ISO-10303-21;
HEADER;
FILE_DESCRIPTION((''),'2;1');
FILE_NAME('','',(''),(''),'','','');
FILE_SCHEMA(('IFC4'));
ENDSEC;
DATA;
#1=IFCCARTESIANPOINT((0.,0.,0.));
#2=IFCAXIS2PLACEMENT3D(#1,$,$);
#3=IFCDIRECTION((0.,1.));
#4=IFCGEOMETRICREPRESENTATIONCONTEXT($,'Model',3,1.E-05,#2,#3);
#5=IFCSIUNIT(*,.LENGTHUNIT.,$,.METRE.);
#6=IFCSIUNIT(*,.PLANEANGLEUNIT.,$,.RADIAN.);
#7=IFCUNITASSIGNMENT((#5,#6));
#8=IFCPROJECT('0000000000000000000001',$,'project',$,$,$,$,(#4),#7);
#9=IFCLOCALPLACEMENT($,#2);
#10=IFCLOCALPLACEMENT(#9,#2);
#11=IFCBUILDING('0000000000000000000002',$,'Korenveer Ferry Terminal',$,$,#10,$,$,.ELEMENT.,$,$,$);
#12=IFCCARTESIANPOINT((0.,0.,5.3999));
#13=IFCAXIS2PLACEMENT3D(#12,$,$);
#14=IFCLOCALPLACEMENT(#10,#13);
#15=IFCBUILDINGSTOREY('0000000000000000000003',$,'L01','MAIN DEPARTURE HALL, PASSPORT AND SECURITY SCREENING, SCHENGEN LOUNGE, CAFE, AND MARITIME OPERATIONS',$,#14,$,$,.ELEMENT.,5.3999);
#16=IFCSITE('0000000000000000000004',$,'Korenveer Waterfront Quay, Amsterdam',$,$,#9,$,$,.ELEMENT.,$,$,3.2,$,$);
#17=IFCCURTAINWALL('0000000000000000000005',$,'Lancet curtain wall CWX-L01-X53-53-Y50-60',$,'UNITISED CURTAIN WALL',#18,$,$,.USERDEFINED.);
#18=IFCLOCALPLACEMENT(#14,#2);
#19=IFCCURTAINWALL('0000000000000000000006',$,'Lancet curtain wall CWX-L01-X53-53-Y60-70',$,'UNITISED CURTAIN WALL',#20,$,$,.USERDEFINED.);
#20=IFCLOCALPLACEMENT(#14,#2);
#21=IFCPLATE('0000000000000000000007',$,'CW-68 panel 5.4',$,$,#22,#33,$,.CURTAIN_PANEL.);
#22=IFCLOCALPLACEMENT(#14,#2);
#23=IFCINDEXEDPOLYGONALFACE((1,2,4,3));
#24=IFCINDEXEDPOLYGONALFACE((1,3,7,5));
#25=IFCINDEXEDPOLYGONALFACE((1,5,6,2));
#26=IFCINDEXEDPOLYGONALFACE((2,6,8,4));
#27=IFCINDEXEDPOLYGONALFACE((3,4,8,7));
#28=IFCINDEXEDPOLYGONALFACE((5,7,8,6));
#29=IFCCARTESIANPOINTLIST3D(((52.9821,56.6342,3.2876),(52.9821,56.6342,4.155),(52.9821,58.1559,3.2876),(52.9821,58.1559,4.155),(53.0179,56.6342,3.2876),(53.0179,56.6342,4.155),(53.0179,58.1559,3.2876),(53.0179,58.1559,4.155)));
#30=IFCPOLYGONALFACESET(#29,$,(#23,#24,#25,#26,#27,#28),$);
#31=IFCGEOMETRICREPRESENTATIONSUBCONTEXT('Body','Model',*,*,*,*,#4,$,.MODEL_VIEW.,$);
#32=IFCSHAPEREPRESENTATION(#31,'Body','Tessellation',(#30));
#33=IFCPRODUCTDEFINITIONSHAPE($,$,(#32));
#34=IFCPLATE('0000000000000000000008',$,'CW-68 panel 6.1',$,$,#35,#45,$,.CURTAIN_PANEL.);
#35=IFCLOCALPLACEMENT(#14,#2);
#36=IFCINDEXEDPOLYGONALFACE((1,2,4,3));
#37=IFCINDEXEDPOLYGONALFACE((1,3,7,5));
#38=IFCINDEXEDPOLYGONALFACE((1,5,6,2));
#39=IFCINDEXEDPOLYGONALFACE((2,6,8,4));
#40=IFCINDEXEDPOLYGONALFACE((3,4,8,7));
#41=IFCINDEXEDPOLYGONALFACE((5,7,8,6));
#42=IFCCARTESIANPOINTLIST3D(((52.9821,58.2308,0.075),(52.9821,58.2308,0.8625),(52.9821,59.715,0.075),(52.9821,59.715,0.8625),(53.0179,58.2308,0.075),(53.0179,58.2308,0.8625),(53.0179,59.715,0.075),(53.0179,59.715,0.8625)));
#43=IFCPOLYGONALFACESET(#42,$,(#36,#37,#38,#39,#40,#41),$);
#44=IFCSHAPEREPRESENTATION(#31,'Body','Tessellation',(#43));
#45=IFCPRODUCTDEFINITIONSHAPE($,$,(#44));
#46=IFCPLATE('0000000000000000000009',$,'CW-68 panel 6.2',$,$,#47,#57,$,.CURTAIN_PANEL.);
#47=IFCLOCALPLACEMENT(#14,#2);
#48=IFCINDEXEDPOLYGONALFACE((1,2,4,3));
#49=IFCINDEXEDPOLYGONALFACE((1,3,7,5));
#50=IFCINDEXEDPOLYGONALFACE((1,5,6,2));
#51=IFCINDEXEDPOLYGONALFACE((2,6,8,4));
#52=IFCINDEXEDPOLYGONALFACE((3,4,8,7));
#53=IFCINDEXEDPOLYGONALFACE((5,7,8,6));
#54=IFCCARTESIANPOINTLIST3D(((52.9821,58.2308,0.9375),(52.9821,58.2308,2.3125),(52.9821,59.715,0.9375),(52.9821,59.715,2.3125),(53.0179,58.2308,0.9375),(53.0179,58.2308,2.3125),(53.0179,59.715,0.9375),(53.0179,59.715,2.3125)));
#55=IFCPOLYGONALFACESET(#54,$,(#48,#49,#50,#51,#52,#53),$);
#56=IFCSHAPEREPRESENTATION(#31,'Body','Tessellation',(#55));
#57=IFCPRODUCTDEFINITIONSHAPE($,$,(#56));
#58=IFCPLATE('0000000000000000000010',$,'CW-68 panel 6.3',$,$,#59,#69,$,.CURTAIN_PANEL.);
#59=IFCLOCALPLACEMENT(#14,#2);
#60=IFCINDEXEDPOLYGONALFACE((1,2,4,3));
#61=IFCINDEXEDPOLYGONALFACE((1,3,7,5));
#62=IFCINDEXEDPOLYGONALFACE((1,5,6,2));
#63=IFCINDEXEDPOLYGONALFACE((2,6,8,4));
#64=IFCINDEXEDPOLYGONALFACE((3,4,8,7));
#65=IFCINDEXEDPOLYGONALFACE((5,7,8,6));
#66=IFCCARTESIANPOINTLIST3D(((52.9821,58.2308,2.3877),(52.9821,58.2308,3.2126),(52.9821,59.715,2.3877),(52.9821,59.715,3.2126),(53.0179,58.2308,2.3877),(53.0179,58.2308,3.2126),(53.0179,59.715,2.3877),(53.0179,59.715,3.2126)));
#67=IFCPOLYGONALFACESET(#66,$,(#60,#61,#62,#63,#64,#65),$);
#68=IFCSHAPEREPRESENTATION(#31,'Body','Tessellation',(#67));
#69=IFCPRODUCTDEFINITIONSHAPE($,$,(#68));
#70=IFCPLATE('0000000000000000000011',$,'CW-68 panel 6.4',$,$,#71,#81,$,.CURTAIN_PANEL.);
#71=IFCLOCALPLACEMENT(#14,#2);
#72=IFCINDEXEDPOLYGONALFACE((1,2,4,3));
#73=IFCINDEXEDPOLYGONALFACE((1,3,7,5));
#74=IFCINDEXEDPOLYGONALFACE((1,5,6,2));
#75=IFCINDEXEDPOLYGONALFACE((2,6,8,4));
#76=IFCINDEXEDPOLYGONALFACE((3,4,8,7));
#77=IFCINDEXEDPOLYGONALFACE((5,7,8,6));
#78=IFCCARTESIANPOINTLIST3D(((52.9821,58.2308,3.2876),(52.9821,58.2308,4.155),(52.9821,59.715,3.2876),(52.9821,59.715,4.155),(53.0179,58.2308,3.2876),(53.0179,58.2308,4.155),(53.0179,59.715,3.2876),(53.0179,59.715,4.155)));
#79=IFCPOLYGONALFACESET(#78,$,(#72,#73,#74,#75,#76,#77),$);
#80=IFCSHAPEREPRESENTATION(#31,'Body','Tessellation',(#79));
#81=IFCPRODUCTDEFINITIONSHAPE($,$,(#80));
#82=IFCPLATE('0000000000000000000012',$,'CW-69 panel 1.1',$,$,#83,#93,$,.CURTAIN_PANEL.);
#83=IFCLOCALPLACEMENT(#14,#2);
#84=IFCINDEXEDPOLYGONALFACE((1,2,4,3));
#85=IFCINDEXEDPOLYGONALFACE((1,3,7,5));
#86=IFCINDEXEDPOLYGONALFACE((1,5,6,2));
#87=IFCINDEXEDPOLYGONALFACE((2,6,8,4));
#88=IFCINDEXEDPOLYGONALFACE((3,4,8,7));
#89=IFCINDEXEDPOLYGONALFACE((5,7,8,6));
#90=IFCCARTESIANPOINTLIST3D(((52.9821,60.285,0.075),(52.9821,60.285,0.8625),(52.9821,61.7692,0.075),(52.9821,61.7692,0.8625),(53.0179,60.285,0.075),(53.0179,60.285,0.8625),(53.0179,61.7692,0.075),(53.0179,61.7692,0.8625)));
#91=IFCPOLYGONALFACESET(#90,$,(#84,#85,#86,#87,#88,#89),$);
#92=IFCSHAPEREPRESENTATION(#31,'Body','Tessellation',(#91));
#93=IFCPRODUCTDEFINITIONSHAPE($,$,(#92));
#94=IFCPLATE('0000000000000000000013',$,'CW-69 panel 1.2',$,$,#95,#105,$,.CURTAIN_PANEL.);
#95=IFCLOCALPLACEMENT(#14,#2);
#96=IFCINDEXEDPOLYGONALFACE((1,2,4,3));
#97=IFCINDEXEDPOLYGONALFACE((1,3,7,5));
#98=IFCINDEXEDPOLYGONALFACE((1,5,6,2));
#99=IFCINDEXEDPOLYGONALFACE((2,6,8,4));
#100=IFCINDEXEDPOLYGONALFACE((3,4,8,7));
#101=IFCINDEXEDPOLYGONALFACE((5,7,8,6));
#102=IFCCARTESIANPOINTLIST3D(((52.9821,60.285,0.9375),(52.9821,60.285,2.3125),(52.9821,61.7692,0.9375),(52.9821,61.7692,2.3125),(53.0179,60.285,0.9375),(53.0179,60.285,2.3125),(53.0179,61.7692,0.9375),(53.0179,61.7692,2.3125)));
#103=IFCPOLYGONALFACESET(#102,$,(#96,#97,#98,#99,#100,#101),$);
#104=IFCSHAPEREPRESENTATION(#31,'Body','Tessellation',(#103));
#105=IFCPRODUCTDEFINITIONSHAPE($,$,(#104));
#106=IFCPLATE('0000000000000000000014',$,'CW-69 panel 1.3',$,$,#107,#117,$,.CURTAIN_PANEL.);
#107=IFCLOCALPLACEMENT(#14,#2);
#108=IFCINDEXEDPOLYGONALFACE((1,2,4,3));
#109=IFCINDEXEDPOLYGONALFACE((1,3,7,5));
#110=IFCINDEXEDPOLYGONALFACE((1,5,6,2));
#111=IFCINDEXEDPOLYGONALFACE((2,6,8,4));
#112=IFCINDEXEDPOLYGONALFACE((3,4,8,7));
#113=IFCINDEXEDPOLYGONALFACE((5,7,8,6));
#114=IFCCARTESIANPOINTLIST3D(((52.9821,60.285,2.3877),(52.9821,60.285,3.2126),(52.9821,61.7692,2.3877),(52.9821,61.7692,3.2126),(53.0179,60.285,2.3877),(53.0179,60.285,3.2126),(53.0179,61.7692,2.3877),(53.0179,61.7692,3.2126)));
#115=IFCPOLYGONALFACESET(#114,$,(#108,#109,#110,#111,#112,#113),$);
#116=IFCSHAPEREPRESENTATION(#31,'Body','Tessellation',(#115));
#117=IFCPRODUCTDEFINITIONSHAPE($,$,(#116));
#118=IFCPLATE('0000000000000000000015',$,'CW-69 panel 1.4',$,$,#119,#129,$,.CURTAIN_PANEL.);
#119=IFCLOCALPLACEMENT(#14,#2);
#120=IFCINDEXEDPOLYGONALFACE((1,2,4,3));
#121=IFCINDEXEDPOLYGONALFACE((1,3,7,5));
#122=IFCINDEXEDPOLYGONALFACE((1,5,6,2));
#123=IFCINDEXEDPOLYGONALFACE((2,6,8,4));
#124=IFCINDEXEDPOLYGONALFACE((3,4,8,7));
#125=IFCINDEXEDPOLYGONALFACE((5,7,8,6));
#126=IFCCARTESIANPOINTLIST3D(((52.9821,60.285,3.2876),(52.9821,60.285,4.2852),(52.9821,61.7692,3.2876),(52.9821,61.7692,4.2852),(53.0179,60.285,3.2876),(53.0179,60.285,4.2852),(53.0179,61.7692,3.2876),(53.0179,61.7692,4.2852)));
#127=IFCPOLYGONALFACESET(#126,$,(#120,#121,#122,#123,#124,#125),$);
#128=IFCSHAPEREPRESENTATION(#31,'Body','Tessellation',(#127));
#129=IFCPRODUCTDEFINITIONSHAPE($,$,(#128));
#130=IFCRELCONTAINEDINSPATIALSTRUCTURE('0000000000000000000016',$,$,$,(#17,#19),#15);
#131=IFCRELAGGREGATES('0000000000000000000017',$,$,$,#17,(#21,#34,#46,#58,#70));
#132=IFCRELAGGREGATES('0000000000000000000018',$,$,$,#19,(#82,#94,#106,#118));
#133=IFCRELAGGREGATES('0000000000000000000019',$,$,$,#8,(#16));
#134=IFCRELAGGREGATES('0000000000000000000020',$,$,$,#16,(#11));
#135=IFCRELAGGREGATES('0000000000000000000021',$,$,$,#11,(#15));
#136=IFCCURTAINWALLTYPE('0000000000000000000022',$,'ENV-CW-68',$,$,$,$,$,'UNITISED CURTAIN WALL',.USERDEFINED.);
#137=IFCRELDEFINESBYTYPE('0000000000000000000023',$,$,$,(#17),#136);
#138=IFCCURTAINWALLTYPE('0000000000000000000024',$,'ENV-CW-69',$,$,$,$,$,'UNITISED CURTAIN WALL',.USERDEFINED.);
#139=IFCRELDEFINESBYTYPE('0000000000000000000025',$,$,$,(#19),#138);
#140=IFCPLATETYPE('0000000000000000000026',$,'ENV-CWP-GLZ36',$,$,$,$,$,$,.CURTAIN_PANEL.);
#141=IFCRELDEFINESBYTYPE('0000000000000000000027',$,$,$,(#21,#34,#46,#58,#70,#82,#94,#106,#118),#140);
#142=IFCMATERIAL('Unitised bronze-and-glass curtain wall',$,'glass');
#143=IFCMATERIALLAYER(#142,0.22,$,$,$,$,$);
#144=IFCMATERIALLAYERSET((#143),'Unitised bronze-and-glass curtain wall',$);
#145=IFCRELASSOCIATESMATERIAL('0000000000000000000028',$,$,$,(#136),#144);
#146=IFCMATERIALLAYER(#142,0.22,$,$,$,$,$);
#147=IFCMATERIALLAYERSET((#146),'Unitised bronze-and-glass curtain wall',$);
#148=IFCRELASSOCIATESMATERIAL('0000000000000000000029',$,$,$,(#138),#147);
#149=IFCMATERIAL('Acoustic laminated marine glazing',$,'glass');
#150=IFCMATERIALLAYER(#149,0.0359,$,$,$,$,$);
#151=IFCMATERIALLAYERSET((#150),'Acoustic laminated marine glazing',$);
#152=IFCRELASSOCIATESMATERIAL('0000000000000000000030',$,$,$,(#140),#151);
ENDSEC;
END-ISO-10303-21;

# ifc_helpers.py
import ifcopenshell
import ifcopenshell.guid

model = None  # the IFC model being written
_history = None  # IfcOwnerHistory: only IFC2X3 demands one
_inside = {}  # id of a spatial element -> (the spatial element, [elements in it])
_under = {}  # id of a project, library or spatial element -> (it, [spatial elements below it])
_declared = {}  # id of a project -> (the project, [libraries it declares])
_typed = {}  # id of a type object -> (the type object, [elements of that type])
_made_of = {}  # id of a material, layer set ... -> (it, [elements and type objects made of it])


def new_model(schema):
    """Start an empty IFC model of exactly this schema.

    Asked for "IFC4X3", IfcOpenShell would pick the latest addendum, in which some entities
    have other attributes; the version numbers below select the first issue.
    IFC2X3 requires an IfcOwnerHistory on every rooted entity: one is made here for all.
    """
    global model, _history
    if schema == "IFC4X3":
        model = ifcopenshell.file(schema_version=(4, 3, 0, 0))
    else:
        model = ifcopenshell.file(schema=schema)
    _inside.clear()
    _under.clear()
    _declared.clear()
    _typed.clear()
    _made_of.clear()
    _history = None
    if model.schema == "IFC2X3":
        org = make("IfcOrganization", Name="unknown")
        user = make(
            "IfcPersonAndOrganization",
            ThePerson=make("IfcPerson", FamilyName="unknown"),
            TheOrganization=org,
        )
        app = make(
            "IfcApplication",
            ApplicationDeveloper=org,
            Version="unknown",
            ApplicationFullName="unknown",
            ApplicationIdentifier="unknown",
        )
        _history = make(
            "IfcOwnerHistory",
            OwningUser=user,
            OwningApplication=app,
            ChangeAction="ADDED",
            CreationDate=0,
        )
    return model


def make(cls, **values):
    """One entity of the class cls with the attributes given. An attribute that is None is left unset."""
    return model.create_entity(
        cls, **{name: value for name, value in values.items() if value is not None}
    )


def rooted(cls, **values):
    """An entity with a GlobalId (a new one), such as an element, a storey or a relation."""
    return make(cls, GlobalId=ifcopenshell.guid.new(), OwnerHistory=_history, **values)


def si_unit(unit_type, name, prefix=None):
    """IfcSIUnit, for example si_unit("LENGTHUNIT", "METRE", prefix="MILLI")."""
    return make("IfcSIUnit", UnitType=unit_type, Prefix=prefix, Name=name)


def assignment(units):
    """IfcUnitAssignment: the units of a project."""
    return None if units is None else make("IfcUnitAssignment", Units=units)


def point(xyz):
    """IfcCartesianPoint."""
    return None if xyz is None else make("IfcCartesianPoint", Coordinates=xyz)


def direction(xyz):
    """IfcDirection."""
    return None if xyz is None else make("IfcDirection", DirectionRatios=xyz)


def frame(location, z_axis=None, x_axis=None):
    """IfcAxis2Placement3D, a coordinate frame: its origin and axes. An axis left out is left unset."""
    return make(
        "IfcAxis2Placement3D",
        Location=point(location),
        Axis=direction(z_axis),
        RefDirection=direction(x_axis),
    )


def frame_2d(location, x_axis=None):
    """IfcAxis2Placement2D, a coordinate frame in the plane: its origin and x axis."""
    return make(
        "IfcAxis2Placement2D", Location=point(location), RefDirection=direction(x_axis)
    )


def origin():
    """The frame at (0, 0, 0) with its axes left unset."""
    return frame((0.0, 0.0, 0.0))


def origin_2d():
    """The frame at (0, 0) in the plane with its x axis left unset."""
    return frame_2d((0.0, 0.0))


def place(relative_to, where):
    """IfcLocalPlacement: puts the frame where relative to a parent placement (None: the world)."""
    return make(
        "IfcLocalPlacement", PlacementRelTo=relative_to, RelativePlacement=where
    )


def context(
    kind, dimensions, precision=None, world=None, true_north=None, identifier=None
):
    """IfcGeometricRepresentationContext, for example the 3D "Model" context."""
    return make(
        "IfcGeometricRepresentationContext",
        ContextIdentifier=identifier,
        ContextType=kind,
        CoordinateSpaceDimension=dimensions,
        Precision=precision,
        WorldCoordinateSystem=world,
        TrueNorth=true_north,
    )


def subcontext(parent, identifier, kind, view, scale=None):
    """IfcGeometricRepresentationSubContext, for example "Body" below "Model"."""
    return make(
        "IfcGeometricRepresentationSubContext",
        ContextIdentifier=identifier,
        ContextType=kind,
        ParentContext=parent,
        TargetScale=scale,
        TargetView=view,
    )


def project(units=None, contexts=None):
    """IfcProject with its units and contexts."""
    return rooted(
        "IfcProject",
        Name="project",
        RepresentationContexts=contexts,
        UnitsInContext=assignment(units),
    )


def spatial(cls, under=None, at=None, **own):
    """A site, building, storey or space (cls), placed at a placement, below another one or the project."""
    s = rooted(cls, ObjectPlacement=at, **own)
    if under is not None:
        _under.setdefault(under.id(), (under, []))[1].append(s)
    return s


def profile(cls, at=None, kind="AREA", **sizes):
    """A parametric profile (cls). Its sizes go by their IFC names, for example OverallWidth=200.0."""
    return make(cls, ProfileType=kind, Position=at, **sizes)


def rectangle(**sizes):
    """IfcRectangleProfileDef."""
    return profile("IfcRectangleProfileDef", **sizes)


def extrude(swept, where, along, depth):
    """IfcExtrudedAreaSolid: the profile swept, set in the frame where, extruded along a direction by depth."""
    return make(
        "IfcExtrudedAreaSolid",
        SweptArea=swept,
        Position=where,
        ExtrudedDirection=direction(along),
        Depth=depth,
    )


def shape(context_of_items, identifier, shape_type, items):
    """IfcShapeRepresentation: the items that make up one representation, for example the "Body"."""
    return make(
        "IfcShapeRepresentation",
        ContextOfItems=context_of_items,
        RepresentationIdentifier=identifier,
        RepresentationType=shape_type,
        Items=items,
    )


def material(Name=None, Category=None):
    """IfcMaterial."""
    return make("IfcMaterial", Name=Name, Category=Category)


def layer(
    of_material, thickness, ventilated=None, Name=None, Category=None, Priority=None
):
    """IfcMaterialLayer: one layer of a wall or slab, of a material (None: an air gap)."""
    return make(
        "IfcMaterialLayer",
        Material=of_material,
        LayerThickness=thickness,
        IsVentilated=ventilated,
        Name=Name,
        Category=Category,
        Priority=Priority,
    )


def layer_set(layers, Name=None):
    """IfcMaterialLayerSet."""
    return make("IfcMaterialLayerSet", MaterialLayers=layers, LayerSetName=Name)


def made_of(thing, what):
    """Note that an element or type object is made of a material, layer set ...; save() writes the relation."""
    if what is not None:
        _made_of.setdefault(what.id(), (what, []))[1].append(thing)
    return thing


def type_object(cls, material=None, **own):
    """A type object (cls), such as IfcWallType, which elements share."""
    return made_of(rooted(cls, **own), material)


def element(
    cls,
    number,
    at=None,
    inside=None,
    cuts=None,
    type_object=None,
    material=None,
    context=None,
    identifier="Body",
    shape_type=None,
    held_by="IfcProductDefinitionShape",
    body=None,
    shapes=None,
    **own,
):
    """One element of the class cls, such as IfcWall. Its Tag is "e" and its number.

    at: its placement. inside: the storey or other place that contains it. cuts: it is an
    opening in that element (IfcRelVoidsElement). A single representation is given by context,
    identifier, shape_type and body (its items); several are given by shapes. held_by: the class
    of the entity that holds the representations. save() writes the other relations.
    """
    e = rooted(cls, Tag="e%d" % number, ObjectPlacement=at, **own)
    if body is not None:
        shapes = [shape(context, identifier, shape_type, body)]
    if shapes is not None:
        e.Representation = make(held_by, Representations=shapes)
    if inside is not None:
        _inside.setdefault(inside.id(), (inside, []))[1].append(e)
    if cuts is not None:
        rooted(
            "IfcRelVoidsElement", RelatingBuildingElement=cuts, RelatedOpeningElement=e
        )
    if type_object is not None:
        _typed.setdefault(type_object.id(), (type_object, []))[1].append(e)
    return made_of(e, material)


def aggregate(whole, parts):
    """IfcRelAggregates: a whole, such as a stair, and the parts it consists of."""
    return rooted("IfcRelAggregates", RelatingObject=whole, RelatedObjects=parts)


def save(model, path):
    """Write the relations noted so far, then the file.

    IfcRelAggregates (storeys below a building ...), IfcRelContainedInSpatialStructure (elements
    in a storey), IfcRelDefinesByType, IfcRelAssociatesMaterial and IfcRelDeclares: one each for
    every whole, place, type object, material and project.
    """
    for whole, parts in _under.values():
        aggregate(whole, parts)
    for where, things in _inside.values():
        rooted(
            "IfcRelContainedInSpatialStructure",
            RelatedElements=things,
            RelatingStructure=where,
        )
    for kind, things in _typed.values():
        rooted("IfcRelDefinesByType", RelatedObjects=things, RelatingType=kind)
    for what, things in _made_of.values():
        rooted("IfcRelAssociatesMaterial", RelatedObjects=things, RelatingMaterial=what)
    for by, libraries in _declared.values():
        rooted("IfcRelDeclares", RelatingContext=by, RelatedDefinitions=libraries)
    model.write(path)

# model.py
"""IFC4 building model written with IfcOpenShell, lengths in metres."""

from ifc_helpers import new_model, si_unit, direction, frame, origin, origin_2d, place, context, subcontext, project, spatial, rectangle, extrude, material, layer, layer_set, type_object, element, aggregate, save


model = new_model("IFC4")

# Units and contexts
model_context = context("Model", 3, precision=1e-05, world=origin(), true_north=direction((0.0, 1.0)))
body_context = subcontext(model_context, "Body", "Model", "MODEL_VIEW")
ifc_project = project(units=[si_unit("LENGTHUNIT", "METRE"), si_unit("PLANEANGLEUNIT", "RADIAN")], contexts=[model_context])

# Site, building, storey
site_placement = place(None, origin())
site = spatial("IfcSite", under=ifc_project, at=site_placement, Name="Korenveer Waterfront Quay, Amsterdam", CompositionType="ELEMENT", RefElevation=3.2)
building_placement = place(site_placement, origin())
building = spatial("IfcBuilding", under=site, at=building_placement, Name="Korenveer Ferry Terminal", CompositionType="ELEMENT")
storey_placement = place(building_placement, frame((0.0, 0.0, 5.3999)))
storey = spatial("IfcBuildingStorey", under=building, at=storey_placement, Name="L01", Description="MAIN DEPARTURE HALL, PASSPORT AND SECURITY SCREENING, SCHENGEN LOUNGE, CAFE, AND MARITIME OPERATIONS", CompositionType="ELEMENT", Elevation=5.3999)

# Curtain walls
ifc_material_1 = material(Name="Unitised bronze-and-glass curtain wall", Category="glass")
ifc_layer_1 = layer(ifc_material_1, 0.22)
ifc_layer_set_1 = layer_set([ifc_layer_1], Name="Unitised bronze-and-glass curtain wall")
curtain_wall_type_1 = type_object("IfcCurtainWallType", Name="ENV-CW-68", ElementType="UNITISED CURTAIN WALL", PredefinedType="USERDEFINED", material=ifc_layer_set_1)
curtain_wall_1_placement = place(storey_placement, frame((53.0, 50.21, 0.0)))
curtain_wall_1 = element("IfcCurtainWall", 1, at=curtain_wall_1_placement, inside=storey, type_object=curtain_wall_type_1, Name="Lancet curtain wall CWX-L01-X53-53-Y50-60", ObjectType="UNITISED CURTAIN WALL", PredefinedType="USERDEFINED")
ifc_layer_2 = layer(ifc_material_1, 0.22)
ifc_layer_set_2 = layer_set([ifc_layer_2], Name="Unitised bronze-and-glass curtain wall")
curtain_wall_type_2 = type_object("IfcCurtainWallType", Name="ENV-CW-69", ElementType="UNITISED CURTAIN WALL", PredefinedType="USERDEFINED", material=ifc_layer_set_2)
curtain_wall_2_placement = place(storey_placement, frame((53.0, 60.21, 0.0)))
curtain_wall_2 = element("IfcCurtainWall", 2, at=curtain_wall_2_placement, inside=storey, type_object=curtain_wall_type_2, Name="Lancet curtain wall CWX-L01-X53-53-Y60-70", ObjectType="UNITISED CURTAIN WALL", PredefinedType="USERDEFINED")

# Plates
ifc_material_2 = material(Name="Acoustic laminated marine glazing", Category="glass")
ifc_layer_3 = layer(ifc_material_2, 0.0359)
ifc_layer_set_3 = layer_set([ifc_layer_3], Name="Acoustic laminated marine glazing")
plate_type = type_object("IfcPlateType", Name="ENV-CWP-GLZ36", PredefinedType="CURTAIN_PANEL", material=ifc_layer_set_3)
plate_1_placement = place(storey_placement, frame((53.0, 57.395, 3.2876), z_axis=(0.0, 0.0, 1.0), x_axis=(0.0, 1.0, 0.0)))
plate_1 = element("IfcPlate", 3, at=plate_1_placement, type_object=plate_type, Name="CW-68 panel 5.4", PredefinedType="CURTAIN_PANEL", context=body_context, shape_type="SweptSolid", body=[
    extrude(rectangle(XDim=1.5217, YDim=0.0359, at=origin_2d()), origin(), (0.0, 0.0, 1.0), 0.8674),
])
plate_2_placement = place(storey_placement, frame((53.0, 58.9729, 0.075), z_axis=(0.0, 0.0, 1.0), x_axis=(0.0, 1.0, 0.0)))
plate_2 = element("IfcPlate", 4, at=plate_2_placement, type_object=plate_type, Name="CW-68 panel 6.1", PredefinedType="CURTAIN_PANEL", context=body_context, shape_type="SweptSolid", body=[
    extrude(rectangle(XDim=1.4841, YDim=0.0359, at=origin_2d()), origin(), (0.0, 0.0, 1.0), 0.7876),
])
plate_3_placement = place(storey_placement, frame((53.0, 58.9729, 0.9375), z_axis=(0.0, 0.0, 1.0), x_axis=(0.0, 1.0, 0.0)))
plate_3 = element("IfcPlate", 5, at=plate_3_placement, type_object=plate_type, Name="CW-68 panel 6.2", PredefinedType="CURTAIN_PANEL", context=body_context, shape_type="SweptSolid", body=[
    extrude(rectangle(XDim=1.4841, YDim=0.0359, at=origin_2d()), origin(), (0.0, 0.0, 1.0), 1.375),
])
plate_4_placement = place(storey_placement, frame((53.0, 58.9729, 2.3877), z_axis=(0.0, 0.0, 1.0), x_axis=(0.0, 1.0, 0.0)))
plate_4 = element("IfcPlate", 6, at=plate_4_placement, type_object=plate_type, Name="CW-68 panel 6.3", PredefinedType="CURTAIN_PANEL", context=body_context, shape_type="SweptSolid", body=[
    extrude(rectangle(XDim=1.4841, YDim=0.0359, at=origin_2d()), origin(), (0.0, 0.0, 1.0), 0.825),
])
plate_5_placement = place(storey_placement, frame((53.0, 58.9729, 3.2876), z_axis=(0.0, 0.0, 1.0), x_axis=(0.0, 1.0, 0.0)))
plate_5 = element("IfcPlate", 7, at=plate_5_placement, type_object=plate_type, Name="CW-68 panel 6.4", PredefinedType="CURTAIN_PANEL", context=body_context, shape_type="SweptSolid", body=[
    extrude(rectangle(XDim=1.4841, YDim=0.0359, at=origin_2d()), origin(), (0.0, 0.0, 1.0), 0.8674),
])
aggregate(curtain_wall_1, [plate_1, plate_2, plate_3, plate_4, plate_5])
plate_6_placement = place(storey_placement, frame((53.0, 61.0271, 0.075), z_axis=(0.0, 0.0, 1.0), x_axis=(0.0, 1.0, 0.0)))
plate_6 = element("IfcPlate", 8, at=plate_6_placement, type_object=plate_type, Name="CW-69 panel 1.1", PredefinedType="CURTAIN_PANEL", context=body_context, shape_type="SweptSolid", body=[
    extrude(rectangle(XDim=1.4841, YDim=0.0359, at=origin_2d()), origin(), (0.0, 0.0, 1.0), 0.7876),
])
plate_7_placement = place(storey_placement, frame((53.0, 61.0271, 0.9375), z_axis=(0.0, 0.0, 1.0), x_axis=(0.0, 1.0, 0.0)))
plate_7 = element("IfcPlate", 9, at=plate_7_placement, type_object=plate_type, Name="CW-69 panel 1.2", PredefinedType="CURTAIN_PANEL", context=body_context, shape_type="SweptSolid", body=[
    extrude(rectangle(XDim=1.4841, YDim=0.0359, at=origin_2d()), origin(), (0.0, 0.0, 1.0), 1.375),
])
plate_8_placement = place(storey_placement, frame((53.0, 61.0271, 2.3877), z_axis=(0.0, 0.0, 1.0), x_axis=(0.0, 1.0, 0.0)))
plate_8 = element("IfcPlate", 10, at=plate_8_placement, type_object=plate_type, Name="CW-69 panel 1.3", PredefinedType="CURTAIN_PANEL", context=body_context, shape_type="SweptSolid", body=[
    extrude(rectangle(XDim=1.4841, YDim=0.0359, at=origin_2d()), origin(), (0.0, 0.0, 1.0), 0.825),
])
plate_9_placement = place(storey_placement, frame((53.0, 61.0271, 3.2876), z_axis=(0.0, 0.0, 1.0), x_axis=(0.0, 1.0, 0.0)))
plate_9 = element("IfcPlate", 11, at=plate_9_placement, type_object=plate_type, Name="CW-69 panel 1.4", PredefinedType="CURTAIN_PANEL", context=body_context, shape_type="SweptSolid", body=[
    extrude(rectangle(XDim=1.4841, YDim=0.0359, at=origin_2d()), origin(), (0.0, 0.0, 1.0), 0.9976),
])
aggregate(curtain_wall_2, [plate_6, plate_7, plate_8, plate_9])

save(model, "model.ifc")
